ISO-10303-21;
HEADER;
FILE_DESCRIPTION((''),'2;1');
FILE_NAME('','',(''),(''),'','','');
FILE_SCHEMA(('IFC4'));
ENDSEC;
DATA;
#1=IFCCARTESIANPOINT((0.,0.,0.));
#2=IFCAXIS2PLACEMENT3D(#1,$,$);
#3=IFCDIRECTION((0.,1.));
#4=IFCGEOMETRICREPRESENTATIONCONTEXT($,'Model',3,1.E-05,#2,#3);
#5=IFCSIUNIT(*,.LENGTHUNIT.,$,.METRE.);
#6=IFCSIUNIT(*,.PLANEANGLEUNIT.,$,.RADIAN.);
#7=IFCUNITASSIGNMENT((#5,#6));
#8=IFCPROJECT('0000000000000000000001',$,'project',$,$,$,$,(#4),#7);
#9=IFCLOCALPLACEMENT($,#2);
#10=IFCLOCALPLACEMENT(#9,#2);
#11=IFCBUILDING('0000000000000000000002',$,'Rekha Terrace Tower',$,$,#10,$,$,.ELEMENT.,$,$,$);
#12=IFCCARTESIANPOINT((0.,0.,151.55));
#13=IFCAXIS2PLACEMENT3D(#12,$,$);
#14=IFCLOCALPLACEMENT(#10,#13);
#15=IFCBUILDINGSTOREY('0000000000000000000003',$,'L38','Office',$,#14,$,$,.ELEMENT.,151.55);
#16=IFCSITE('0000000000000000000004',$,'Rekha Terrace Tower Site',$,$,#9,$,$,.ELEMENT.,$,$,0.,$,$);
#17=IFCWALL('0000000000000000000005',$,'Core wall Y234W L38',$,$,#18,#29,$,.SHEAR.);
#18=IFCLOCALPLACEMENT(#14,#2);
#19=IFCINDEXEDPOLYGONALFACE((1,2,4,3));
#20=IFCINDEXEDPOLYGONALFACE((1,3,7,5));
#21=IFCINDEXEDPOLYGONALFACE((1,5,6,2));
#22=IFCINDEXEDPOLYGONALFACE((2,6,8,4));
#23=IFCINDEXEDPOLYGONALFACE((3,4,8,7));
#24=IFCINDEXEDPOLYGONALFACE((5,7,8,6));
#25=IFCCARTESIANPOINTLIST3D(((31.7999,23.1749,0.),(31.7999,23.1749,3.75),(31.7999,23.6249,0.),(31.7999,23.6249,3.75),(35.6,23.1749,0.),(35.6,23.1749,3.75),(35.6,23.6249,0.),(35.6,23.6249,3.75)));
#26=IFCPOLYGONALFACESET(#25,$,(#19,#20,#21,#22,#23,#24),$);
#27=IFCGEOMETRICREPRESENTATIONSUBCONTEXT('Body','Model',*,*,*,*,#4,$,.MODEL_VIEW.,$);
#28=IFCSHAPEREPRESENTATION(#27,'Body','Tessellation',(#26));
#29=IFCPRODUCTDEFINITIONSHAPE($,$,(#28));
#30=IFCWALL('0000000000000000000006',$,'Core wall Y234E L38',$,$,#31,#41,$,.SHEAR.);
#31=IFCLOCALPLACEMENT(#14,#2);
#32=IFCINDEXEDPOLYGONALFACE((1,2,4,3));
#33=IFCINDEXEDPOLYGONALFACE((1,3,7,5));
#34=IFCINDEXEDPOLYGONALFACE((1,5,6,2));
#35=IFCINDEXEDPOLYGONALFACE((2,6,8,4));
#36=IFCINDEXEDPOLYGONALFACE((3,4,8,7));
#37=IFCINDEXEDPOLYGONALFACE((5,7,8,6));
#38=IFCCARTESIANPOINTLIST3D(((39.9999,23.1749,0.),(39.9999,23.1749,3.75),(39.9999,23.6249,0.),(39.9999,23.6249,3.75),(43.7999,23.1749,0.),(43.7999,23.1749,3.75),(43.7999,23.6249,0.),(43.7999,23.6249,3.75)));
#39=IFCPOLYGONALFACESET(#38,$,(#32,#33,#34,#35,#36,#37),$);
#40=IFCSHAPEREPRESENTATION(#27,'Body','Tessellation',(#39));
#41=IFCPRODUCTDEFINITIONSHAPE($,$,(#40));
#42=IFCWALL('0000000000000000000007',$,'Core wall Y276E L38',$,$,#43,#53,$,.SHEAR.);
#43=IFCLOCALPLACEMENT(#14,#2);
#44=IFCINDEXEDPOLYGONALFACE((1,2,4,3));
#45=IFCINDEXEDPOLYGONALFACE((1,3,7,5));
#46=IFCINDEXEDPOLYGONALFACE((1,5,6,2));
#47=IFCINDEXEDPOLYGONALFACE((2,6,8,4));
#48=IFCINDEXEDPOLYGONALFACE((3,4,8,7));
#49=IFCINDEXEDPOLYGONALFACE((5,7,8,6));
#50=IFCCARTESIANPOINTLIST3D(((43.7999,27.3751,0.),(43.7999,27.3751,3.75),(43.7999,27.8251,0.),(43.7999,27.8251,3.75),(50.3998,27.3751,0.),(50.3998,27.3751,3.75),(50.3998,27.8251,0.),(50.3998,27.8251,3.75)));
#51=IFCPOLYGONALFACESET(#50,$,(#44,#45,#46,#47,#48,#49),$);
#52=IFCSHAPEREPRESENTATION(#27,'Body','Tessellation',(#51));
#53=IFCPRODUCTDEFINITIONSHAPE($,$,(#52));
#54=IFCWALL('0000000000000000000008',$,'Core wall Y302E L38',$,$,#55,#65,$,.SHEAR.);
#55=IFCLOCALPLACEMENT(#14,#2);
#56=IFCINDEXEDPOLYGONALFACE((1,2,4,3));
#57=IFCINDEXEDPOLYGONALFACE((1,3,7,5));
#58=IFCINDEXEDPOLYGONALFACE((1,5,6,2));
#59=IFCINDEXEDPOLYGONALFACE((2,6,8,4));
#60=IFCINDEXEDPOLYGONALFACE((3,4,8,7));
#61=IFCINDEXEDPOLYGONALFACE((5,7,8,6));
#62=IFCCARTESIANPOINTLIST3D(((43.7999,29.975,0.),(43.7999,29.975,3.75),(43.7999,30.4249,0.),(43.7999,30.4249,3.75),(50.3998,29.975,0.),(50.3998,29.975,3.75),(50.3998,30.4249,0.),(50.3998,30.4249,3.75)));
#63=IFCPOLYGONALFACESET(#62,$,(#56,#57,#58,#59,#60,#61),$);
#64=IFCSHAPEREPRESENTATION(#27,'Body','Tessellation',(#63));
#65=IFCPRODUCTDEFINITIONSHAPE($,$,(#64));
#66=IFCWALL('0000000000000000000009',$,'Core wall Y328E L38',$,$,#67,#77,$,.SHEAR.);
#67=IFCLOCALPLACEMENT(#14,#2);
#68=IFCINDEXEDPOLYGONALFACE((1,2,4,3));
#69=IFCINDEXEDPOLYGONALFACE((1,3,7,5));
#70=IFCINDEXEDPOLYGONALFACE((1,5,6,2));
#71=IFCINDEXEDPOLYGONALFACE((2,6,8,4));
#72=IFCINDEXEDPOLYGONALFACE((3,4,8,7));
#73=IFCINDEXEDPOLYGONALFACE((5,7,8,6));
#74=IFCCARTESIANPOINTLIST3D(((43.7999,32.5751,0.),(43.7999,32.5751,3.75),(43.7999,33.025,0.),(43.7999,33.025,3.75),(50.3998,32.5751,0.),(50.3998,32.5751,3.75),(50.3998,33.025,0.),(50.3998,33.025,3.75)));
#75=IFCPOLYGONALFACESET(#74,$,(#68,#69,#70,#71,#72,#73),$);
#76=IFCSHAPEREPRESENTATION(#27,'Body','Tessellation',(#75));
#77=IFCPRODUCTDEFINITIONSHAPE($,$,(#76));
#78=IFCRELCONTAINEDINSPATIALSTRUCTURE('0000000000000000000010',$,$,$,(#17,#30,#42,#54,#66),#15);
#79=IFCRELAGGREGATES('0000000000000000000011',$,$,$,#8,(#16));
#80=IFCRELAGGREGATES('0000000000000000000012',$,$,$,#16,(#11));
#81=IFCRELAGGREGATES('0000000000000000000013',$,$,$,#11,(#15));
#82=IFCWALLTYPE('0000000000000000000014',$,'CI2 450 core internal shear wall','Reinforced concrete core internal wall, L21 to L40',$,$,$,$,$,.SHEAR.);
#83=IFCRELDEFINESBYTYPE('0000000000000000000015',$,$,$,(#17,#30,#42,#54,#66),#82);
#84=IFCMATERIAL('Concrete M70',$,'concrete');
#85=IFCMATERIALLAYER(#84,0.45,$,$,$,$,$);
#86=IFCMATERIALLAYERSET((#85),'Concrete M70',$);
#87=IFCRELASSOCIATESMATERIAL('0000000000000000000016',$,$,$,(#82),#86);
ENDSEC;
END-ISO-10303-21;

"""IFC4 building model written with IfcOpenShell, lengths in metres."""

from ifc_helpers import new_model, si_unit, direction, frame, frame_2d, origin, place, context, subcontext, project, spatial, rectangle, extrude, material, layer, layer_set, type_object, element, save


model = new_model("IFC4")

# Units and contexts
model_context = context("Model", 3, precision=1e-05, world=origin(), true_north=direction((0.0, 1.0)))
body_context = subcontext(model_context, "Body", "Model", "MODEL_VIEW")
ifc_project = project(units=[si_unit("LENGTHUNIT", "METRE"), si_unit("PLANEANGLEUNIT", "RADIAN")], contexts=[model_context])

# Site, building, storey
site_placement = place(None, origin())
site = spatial("IfcSite", under=ifc_project, at=site_placement, Name="Rekha Terrace Tower Site", CompositionType="ELEMENT", RefElevation=0.0)
building_placement = place(site_placement, origin())
building = spatial("IfcBuilding", under=site, at=building_placement, Name="Rekha Terrace Tower", CompositionType="ELEMENT")
storey_placement = place(building_placement, frame((0.0, 0.0, 151.55)))
storey = spatial("IfcBuildingStorey", under=building, at=storey_placement, Name="L38", Description="Office", CompositionType="ELEMENT", Elevation=151.55)

# Walls
ifc_material_1 = material(Name="Concrete M70", Category="concrete")
ifc_layer_1 = layer(ifc_material_1, 0.45)
ifc_layer_set_1 = layer_set([ifc_layer_1], Name="Concrete M70")
wall_type_1 = type_object("IfcWallType", Name="CI2 450 core internal shear wall", Description="Reinforced concrete core internal wall, L21 to L40", PredefinedType="SHEAR", material=ifc_layer_set_1)
for number, where, z_axis, x_axis, name in (
    (1, (31.8, 23.3999, 0.0), (0.0, 0.0, 1.0), (1.0, 0.0, 0.0), "Core wall Y234W L38"),
    (2, (40.0, 23.3999, 0.0), (0.0, 0.0, 1.0), (1.0, 0.0, 0.0), "Core wall Y234E L38"),
):
    element("IfcWall", number, at=place(storey_placement, frame(where, z_axis=z_axis, x_axis=x_axis)), inside=storey, type_object=wall_type_1, Name=name, PredefinedType="SHEAR", context=body_context, shape_type="SweptSolid", body=[
        extrude(rectangle(XDim=3.8, YDim=0.45, at=frame_2d((1.8999, 0.0))), origin(), (0.0, 0.0, 1.0), 3.75),
    ])
for number, where, z_axis, x_axis, name in (
    (3, (43.8, 27.6001, 0.0), (0.0, 0.0, 1.0), (1.0, 0.0, 0.0), "Core wall Y276E L38"),
    (4, (43.8, 30.2, 0.0), (0.0, 0.0, 1.0), (1.0, 0.0, 0.0), "Core wall Y302E L38"),
    (5, (43.8, 32.8, 0.0), (0.0, 0.0, 1.0), (1.0, 0.0, 0.0), "Core wall Y328E L38"),
):
    element("IfcWall", number, at=place(storey_placement, frame(where, z_axis=z_axis, x_axis=x_axis)), inside=storey, type_object=wall_type_1, Name=name, PredefinedType="SHEAR", context=body_context, shape_type="SweptSolid", body=[
        extrude(rectangle(XDim=6.5999, YDim=0.45, at=frame_2d((3.2998, 0.0))), origin(), (0.0, 0.0, 1.0), 3.75),
    ])

save(model, "model.ifc")
